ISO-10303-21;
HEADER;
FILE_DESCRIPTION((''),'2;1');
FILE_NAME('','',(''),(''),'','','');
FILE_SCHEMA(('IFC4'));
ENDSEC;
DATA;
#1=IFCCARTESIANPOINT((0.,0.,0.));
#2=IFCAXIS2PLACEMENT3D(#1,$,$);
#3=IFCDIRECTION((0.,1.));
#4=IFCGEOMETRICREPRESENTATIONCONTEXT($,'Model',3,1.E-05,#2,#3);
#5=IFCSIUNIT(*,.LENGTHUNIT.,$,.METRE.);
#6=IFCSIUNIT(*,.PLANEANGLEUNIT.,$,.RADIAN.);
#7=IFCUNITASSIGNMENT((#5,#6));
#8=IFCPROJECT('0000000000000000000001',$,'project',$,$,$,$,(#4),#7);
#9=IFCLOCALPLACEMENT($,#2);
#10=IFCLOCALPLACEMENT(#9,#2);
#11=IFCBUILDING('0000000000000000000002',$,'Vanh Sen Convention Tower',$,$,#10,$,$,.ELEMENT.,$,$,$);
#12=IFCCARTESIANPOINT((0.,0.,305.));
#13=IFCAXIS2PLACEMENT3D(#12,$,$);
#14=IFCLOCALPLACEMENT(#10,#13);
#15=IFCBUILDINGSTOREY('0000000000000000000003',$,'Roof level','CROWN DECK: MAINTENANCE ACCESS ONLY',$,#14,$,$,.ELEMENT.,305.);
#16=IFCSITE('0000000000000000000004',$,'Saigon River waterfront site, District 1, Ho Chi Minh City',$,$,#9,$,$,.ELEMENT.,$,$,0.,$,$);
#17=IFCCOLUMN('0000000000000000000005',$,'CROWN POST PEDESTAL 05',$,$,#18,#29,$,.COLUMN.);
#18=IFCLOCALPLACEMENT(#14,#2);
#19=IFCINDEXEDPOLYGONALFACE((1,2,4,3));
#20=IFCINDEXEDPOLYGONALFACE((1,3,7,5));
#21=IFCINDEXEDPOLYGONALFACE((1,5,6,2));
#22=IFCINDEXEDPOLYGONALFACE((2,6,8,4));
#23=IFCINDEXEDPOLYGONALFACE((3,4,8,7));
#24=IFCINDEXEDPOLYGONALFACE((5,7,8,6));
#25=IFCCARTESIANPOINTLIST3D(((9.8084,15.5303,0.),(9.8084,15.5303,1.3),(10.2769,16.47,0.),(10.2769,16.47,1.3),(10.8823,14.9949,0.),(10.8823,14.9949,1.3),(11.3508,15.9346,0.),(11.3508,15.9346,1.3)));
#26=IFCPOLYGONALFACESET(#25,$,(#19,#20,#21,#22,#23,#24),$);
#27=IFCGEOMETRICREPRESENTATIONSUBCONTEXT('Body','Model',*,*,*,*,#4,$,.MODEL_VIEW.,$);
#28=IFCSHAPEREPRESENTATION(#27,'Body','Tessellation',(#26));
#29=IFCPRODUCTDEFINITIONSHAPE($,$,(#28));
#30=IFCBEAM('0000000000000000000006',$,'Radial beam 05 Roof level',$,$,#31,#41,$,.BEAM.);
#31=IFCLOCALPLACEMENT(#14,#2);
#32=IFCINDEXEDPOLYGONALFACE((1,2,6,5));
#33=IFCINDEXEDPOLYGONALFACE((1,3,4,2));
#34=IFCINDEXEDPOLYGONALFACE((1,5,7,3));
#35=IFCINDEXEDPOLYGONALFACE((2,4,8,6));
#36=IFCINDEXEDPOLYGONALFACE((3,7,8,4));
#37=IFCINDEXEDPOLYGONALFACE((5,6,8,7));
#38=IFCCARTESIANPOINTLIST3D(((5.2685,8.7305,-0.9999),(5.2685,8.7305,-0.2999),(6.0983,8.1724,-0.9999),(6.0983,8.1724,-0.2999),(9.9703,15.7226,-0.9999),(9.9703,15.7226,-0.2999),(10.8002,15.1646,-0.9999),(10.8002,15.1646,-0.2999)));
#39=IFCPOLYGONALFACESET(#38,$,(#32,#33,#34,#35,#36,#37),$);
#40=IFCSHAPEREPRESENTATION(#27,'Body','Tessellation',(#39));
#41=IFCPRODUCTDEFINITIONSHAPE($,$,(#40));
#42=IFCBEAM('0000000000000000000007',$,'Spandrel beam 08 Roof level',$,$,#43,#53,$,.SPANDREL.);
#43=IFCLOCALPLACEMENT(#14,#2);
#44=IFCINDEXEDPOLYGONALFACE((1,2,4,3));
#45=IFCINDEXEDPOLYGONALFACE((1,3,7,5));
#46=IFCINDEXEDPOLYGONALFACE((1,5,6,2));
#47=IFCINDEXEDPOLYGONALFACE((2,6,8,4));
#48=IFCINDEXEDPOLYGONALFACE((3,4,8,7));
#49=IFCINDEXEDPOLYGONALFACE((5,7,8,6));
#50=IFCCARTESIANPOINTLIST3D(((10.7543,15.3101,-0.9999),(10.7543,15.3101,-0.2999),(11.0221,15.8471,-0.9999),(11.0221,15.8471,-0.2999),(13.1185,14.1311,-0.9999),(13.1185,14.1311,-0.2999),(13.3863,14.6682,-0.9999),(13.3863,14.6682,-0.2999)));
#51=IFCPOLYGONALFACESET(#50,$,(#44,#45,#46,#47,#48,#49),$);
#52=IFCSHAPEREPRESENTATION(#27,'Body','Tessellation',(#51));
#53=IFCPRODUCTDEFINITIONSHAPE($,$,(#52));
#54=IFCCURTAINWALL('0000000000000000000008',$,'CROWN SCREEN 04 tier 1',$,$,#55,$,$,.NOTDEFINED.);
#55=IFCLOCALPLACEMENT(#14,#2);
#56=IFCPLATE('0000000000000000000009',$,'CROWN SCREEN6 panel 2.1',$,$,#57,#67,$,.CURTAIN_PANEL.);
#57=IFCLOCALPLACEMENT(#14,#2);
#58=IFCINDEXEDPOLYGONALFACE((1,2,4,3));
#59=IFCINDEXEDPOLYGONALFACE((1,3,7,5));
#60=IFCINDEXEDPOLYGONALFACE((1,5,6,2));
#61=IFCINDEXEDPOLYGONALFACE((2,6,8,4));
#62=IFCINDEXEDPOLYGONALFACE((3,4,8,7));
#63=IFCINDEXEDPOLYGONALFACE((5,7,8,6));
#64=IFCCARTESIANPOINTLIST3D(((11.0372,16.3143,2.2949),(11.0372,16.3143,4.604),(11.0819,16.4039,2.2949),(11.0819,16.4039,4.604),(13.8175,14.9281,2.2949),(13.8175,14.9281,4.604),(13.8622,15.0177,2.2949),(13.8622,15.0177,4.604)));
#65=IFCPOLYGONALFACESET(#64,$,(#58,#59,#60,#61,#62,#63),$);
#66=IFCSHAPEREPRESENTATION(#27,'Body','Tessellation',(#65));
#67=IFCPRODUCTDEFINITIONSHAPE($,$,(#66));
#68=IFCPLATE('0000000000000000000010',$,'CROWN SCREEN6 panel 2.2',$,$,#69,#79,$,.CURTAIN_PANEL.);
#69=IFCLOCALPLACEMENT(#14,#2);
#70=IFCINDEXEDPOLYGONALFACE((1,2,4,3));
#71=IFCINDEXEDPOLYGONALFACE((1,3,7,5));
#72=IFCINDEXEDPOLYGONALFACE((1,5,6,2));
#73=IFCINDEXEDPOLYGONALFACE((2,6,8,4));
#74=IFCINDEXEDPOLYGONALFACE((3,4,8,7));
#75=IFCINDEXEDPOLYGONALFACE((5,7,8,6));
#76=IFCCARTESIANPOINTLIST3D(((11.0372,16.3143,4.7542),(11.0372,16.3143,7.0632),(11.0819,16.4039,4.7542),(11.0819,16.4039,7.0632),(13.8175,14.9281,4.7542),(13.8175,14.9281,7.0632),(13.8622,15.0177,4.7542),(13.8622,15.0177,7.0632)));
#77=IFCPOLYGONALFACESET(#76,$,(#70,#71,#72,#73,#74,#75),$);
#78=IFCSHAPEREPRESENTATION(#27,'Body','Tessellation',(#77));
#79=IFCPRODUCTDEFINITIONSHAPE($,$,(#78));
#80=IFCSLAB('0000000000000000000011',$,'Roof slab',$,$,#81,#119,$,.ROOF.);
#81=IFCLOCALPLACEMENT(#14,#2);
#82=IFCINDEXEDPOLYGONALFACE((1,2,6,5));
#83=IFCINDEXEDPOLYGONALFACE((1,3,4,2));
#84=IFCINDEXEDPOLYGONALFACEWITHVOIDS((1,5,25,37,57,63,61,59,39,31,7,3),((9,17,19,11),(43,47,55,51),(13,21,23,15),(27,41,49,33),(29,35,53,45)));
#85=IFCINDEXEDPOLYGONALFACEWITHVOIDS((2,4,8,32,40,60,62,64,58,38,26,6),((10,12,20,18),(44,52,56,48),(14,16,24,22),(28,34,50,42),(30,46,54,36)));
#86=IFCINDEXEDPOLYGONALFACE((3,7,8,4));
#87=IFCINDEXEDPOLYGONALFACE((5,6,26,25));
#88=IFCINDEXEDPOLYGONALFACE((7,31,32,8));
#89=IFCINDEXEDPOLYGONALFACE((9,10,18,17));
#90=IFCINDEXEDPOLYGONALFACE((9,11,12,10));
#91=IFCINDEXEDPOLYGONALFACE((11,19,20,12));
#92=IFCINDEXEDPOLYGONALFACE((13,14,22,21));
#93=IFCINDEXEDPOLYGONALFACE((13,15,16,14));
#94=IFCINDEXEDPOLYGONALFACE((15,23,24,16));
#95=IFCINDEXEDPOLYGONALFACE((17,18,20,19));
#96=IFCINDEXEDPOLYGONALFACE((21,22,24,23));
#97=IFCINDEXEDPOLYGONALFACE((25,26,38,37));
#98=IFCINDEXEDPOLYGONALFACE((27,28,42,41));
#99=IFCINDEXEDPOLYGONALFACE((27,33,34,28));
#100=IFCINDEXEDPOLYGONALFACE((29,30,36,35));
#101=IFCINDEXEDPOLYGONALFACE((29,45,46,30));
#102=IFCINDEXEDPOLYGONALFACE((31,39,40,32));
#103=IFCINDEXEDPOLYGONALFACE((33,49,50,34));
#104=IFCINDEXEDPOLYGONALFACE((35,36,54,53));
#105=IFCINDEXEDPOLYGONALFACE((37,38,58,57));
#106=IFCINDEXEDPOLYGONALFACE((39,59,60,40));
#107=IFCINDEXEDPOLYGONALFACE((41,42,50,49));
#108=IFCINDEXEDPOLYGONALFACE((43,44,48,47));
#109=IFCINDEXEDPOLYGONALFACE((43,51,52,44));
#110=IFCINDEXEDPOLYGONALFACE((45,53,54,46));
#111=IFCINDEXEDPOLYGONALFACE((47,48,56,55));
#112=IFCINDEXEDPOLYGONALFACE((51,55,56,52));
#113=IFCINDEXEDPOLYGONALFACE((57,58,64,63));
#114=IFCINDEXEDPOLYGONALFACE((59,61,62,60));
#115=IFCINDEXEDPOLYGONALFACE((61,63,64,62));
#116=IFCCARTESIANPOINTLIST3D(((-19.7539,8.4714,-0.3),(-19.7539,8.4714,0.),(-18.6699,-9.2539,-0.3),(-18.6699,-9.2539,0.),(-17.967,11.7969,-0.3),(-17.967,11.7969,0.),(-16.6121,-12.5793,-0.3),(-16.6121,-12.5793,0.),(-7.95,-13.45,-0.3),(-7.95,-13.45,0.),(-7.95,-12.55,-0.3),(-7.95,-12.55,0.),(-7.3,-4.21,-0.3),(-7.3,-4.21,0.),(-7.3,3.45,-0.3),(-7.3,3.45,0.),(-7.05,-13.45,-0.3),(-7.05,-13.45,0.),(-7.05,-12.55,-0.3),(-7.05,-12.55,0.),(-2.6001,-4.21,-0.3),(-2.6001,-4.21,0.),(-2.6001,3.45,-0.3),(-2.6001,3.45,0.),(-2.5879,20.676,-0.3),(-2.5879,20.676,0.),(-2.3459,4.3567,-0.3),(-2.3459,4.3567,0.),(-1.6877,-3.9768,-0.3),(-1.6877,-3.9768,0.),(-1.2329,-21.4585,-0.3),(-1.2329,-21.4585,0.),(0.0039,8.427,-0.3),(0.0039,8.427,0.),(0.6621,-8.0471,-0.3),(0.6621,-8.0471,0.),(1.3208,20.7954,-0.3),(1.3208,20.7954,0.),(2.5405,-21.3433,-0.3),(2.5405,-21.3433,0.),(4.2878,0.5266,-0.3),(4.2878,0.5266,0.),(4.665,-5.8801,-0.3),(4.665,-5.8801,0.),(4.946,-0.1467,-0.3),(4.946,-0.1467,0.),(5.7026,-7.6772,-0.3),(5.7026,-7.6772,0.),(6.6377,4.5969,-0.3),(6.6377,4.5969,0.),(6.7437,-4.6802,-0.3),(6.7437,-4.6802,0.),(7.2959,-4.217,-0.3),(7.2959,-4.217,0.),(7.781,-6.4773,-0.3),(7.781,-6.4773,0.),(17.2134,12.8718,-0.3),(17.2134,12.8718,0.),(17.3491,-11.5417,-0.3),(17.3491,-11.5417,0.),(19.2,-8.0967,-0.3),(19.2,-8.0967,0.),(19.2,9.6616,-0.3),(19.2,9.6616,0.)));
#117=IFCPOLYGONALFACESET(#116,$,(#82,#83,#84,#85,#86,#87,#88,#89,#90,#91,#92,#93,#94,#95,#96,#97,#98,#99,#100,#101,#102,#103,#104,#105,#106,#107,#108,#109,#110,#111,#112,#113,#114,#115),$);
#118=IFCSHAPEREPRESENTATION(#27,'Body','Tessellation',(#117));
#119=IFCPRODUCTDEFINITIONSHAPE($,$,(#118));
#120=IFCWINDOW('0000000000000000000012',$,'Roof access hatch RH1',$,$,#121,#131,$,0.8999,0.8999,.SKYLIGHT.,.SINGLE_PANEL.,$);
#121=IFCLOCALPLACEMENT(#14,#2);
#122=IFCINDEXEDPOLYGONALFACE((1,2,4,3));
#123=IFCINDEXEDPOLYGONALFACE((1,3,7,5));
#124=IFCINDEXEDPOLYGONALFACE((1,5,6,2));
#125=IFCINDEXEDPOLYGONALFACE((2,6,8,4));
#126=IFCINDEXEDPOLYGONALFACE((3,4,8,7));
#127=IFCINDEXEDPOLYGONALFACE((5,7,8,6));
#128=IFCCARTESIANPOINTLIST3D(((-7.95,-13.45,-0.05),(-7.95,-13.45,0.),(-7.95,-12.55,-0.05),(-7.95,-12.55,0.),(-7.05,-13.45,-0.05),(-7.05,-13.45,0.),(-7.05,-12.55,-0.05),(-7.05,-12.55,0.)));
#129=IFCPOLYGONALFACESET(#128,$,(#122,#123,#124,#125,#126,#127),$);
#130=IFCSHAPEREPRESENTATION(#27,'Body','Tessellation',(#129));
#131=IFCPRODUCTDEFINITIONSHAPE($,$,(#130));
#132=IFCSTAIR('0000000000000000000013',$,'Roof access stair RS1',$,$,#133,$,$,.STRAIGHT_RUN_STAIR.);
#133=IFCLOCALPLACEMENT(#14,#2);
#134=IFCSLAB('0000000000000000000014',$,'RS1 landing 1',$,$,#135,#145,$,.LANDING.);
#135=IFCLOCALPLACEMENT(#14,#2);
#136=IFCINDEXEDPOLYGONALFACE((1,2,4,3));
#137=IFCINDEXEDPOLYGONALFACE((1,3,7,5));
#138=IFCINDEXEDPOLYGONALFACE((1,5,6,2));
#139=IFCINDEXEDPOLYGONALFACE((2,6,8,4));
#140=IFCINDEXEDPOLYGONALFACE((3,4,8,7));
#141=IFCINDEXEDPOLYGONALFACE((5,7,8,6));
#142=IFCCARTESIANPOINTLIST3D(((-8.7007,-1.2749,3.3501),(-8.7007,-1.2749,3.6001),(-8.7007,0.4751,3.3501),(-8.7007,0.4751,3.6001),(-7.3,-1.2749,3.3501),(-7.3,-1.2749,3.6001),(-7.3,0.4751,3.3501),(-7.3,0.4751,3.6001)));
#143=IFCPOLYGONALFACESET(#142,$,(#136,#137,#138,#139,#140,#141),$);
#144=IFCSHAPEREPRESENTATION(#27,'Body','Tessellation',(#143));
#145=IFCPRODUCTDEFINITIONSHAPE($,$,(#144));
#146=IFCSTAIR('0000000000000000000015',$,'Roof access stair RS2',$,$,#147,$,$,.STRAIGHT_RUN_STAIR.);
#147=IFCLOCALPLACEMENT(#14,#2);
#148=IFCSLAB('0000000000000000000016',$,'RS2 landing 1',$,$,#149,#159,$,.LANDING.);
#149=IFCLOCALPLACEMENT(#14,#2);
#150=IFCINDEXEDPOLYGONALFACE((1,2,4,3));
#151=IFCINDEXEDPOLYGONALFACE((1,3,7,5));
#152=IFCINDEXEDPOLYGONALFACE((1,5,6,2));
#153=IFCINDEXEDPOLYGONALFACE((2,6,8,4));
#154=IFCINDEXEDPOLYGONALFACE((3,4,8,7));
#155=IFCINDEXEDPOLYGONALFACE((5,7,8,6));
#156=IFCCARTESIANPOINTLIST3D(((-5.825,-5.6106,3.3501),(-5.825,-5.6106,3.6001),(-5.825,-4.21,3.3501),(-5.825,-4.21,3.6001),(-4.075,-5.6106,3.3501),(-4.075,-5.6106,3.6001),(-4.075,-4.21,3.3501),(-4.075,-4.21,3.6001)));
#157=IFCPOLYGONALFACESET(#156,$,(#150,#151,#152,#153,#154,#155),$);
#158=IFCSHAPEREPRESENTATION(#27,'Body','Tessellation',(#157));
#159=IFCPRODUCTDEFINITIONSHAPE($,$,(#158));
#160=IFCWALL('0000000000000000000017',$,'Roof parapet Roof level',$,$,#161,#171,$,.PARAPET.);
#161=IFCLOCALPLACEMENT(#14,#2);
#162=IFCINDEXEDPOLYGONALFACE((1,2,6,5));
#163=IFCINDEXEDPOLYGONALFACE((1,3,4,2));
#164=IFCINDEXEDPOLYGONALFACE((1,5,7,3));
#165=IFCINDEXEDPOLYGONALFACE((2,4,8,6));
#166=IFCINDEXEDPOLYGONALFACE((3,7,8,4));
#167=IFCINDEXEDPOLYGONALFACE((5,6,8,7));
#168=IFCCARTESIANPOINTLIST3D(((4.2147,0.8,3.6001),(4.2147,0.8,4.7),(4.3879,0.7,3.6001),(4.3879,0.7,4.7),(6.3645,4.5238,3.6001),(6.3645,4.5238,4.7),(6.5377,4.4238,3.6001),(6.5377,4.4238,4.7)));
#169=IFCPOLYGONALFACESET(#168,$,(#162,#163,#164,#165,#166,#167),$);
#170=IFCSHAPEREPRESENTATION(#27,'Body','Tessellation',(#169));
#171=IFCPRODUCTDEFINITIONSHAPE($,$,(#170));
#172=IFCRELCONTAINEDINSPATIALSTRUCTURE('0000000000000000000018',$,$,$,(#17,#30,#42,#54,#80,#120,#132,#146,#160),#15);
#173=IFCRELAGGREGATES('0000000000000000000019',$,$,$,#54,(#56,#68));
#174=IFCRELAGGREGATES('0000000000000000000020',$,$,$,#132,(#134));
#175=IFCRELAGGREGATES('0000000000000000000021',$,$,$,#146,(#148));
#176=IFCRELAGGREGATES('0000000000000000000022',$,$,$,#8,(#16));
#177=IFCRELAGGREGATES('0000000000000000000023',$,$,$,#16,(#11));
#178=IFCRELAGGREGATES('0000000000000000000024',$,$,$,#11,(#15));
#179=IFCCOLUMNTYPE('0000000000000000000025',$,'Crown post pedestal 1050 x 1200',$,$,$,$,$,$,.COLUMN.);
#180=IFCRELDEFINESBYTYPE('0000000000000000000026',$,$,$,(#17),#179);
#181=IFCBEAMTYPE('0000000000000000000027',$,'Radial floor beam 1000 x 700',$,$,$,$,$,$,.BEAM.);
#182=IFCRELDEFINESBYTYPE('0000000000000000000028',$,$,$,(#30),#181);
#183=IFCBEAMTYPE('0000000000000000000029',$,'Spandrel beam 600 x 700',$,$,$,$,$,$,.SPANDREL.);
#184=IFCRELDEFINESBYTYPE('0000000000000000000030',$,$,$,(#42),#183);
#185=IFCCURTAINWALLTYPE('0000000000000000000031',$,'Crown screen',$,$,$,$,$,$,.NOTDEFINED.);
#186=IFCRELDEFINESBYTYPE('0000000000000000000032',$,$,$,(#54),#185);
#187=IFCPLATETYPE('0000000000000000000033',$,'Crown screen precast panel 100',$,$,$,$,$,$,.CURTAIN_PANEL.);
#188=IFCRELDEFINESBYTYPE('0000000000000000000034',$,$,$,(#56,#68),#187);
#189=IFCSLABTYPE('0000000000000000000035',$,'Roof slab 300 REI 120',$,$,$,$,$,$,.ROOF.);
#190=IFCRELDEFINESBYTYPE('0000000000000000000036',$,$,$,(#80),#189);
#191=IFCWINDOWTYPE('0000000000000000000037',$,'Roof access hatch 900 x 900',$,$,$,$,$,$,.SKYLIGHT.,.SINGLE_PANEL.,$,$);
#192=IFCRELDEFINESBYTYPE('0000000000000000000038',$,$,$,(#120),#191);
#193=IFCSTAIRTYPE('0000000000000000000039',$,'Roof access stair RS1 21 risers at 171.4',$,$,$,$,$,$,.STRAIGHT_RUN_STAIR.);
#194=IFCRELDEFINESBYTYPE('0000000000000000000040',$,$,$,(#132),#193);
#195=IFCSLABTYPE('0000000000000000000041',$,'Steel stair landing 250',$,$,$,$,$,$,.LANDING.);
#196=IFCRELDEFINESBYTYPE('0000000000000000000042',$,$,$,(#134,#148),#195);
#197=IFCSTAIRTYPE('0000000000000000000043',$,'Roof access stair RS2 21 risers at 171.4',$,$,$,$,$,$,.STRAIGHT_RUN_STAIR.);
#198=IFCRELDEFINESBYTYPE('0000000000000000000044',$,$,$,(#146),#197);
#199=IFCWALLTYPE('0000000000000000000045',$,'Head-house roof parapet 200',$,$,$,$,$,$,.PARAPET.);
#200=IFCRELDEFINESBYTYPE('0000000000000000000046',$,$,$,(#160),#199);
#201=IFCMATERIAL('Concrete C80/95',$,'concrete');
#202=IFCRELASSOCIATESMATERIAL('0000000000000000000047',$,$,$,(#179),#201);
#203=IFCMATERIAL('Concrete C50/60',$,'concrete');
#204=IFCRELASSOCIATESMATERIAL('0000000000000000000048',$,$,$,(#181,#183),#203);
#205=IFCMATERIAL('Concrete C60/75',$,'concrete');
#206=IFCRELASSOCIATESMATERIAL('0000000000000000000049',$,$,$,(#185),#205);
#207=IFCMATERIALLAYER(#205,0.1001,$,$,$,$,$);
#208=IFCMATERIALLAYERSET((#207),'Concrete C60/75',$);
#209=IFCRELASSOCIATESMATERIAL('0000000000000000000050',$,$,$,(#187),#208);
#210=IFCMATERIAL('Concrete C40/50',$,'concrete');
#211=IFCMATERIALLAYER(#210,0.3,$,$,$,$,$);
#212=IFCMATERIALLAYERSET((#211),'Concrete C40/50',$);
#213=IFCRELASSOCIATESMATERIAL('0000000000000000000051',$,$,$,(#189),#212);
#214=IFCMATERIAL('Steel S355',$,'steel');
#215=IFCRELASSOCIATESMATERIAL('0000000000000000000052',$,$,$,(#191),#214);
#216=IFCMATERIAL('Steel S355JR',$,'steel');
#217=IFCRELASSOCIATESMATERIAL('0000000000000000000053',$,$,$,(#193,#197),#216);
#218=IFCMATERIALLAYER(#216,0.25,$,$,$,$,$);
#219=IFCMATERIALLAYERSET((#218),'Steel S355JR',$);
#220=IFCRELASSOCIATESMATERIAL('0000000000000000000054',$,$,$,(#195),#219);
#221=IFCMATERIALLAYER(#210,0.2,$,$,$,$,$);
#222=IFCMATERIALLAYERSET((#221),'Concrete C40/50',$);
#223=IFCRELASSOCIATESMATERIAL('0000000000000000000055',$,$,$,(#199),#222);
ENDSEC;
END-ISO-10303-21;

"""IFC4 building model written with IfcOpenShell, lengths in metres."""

from ifc_helpers import new_model, si_unit, direction, frame, frame_2d, origin, origin_2d, place, context, subcontext, project, spatial, polyline, rectangle, outline, extrude, material, layer, layer_set, material_profile, profile_set, type_object, element, fill, aggregate, save


model = new_model("IFC4")

# Units and contexts
model_context = context("Model", 3, precision=1e-05, world=origin(), true_north=direction((0.0, 1.0)))
body_context = subcontext(model_context, "Body", "Model", "MODEL_VIEW")
ifc_project = project(units=[si_unit("LENGTHUNIT", "METRE"), si_unit("PLANEANGLEUNIT", "RADIAN")], contexts=[model_context])

# Site, building, storey
site_placement = place(None, origin())
site = spatial("IfcSite", under=ifc_project, at=site_placement, Name="Saigon River waterfront site, District 1, Ho Chi Minh City", CompositionType="ELEMENT", RefElevation=0.0)
building_placement = place(site_placement, origin())
building = spatial("IfcBuilding", under=site, at=building_placement, Name="Vanh Sen Convention Tower", CompositionType="ELEMENT")
storey_placement = place(building_placement, frame((0.0, 0.0, 305.0)))
storey = spatial("IfcBuildingStorey", under=building, at=storey_placement, Name="Roof level", Description="CROWN DECK: MAINTENANCE ACCESS ONLY", CompositionType="ELEMENT", Elevation=305.0)

# Column
ifc_material_1 = material(Name="Concrete C80/95", Category="concrete")
ifc_material_profile_1 = material_profile(ifc_material_1, rectangle(XDim=1.05, YDim=1.2, at=origin_2d()), Name="RC 1050X1200")
ifc_profile_set_1 = profile_set([ifc_material_profile_1], Name="Concrete C80/95")
column_type = type_object("IfcColumnType", Name="Crown post pedestal 1050 x 1200", PredefinedType="COLUMN", material=ifc_profile_set_1)
column_placement = place(storey_placement, frame((10.5796, 15.7324, 0.0), z_axis=(0.0, 0.0, 1.0), x_axis=(-0.446198, -0.894934, 0.0)))
element("IfcColumn", 1, at=column_placement, inside=storey, type_object=column_type, Name="CROWN POST PEDESTAL 05", PredefinedType="COLUMN", context=body_context, shape_type="SweptSolid", body=[
    extrude(rectangle(XDim=1.05, YDim=1.2, at=origin_2d()), origin(), (0.0, 0.0, 1.0), 1.3),
])

# Beams
ifc_material_2 = material(Name="Concrete C50/60", Category="concrete")
ifc_material_profile_2 = material_profile(ifc_material_2, rectangle(XDim=1.0, YDim=0.7, at=origin_2d()), Name="RC 1000X700")
ifc_profile_set_2 = profile_set([ifc_material_profile_2], Name="Concrete C50/60")
beam_type_1 = type_object("IfcBeamType", Name="Radial floor beam 1000 x 700", PredefinedType="BEAM", material=ifc_profile_set_2)
beam_1_placement = place(storey_placement, frame((10.3853, 15.4436, -0.6499), z_axis=(-0.558019, -0.829828, 0.0), x_axis=(0.829828, -0.558019, 0.0)))
element("IfcBeam", 2, at=beam_1_placement, inside=storey, type_object=beam_type_1, Name="Radial beam 05 Roof level", PredefinedType="BEAM", context=body_context, shape_type="SweptSolid", body=[
    extrude(rectangle(XDim=1.0, YDim=0.7, at=origin_2d()), origin(), (0.0, 0.0, 1.0), 8.426),
])
ifc_material_profile_3 = material_profile(ifc_material_2, rectangle(XDim=0.6001, YDim=0.7, at=origin_2d()), Name="RC 600X700")
ifc_profile_set_3 = profile_set([ifc_material_profile_3], Name="Concrete C50/60")
beam_type_2 = type_object("IfcBeamType", Name="Spandrel beam 600 x 700", PredefinedType="SPANDREL", material=ifc_profile_set_3)
beam_2_placement = place(storey_placement, frame((13.2524, 14.3997, -0.6499), z_axis=(-0.894907, 0.446252, 0.0), x_axis=(-0.446252, -0.894907, 0.0)))
element("IfcBeam", 3, at=beam_2_placement, inside=storey, type_object=beam_type_2, Name="Spandrel beam 08 Roof level", PredefinedType="SPANDREL", context=body_context, shape_type="SweptSolid", body=[
    extrude(rectangle(XDim=0.6001, YDim=0.7, at=origin_2d()), origin(), (0.0, 0.0, 1.0), 2.6418),
])

# Curtain wall, plates
ifc_material_3 = material(Name="Concrete C60/75", Category="concrete")
curtain_wall_type = type_object("IfcCurtainWallType", Name="Crown screen", PredefinedType="NOTDEFINED", material=ifc_material_3)
curtain_wall_placement = place(storey_placement, origin())
curtain_wall = element("IfcCurtainWall", 4, at=curtain_wall_placement, inside=storey, type_object=curtain_wall_type, Name="CROWN SCREEN 04 tier 1", PredefinedType="NOTDEFINED")
ifc_layer_1 = layer(ifc_material_3, 0.1001)
ifc_layer_set_1 = layer_set([ifc_layer_1], Name="Concrete C60/75")
plate_type = type_object("IfcPlateType", Name="Crown screen precast panel 100", PredefinedType="CURTAIN_PANEL", material=ifc_layer_set_1)
plate_1_placement = place(storey_placement, frame((12.4497, 15.666, 2.2949), z_axis=(0.0, 0.0, 1.0), x_axis=(-0.894931, 0.446205, 0.0)))
plate_1 = element("IfcPlate", 5, at=plate_1_placement, type_object=plate_type, Name="CROWN SCREEN6 panel 2.1", PredefinedType="CURTAIN_PANEL", context=body_context, shape_type="SweptSolid", body=[
    extrude(rectangle(XDim=3.1067, YDim=0.1001, at=origin_2d()), origin(), (0.0, 0.0, 1.0), 2.3091),
])
plate_2_placement = place(storey_placement, frame((12.4497, 15.666, 4.7542), z_axis=(0.0, 0.0, 1.0), x_axis=(-0.894931, 0.446205, 0.0)))
plate_2 = element("IfcPlate", 6, at=plate_2_placement, type_object=plate_type, Name="CROWN SCREEN6 panel 2.2", PredefinedType="CURTAIN_PANEL", context=body_context, shape_type="SweptSolid", body=[
    extrude(rectangle(XDim=3.1067, YDim=0.1001, at=origin_2d()), origin(), (0.0, 0.0, 1.0), 2.3091),
])
aggregate(curtain_wall, [plate_1, plate_2])

# Slab, opening, window
ifc_material_4 = material(Name="Concrete C40/50", Category="concrete")
ifc_layer_2 = layer(ifc_material_4, 0.3)
ifc_layer_set_2 = layer_set([ifc_layer_2], Name="Concrete C40/50")
slab_type_1 = type_object("IfcSlabType", Name="Roof slab 300 REI 120", PredefinedType="ROOF", material=ifc_layer_set_2)
slab_1_placement = place(storey_placement, frame((0.0, 0.0, -0.3)))
slab_1 = element("IfcSlab", 7, at=slab_1_placement, inside=storey, type_object=slab_type_1, Name="Roof slab", PredefinedType="ROOF", context=body_context, shape_type="SweptSolid", body=[
    extrude(outline(polyline([(-1.2329, -21.4585), (2.5405, -21.3433), (17.3491, -11.5417), (19.2, -8.0967), (19.2, 9.6616), (17.2134, 12.8718), (1.3208, 20.7954), (-2.5879, 20.676), (-17.967, 11.7969), (-19.7539, 8.4714), (-18.6699, -9.2539), (-16.6121, -12.5793), (-1.2329, -21.4585)]), holes=[polyline([(4.2878, 0.5266), (6.6377, 4.5969), (0.0039, 8.427), (-2.3459, 4.3567), (4.2878, 0.5266)]), polyline([(-2.6001, -4.21), (-2.6001, 3.45), (-7.3, 3.45), (-7.3, -4.21), (-2.6001, -4.21)]), polyline([(7.2959, -4.217), (4.946, -0.1467), (-1.6877, -3.9768), (0.6621, -8.0471), (7.2959, -4.217)]), polyline([(5.7026, -7.6772), (7.781, -6.4773), (6.7437, -4.6802), (4.665, -5.8801), (5.7026, -7.6772)])]), origin(), (0.0, 0.0, 1.0), 0.3),
])
opening_1_placement = place(slab_1_placement, frame((-7.5, -13.0, -0.01)))
opening_1 = element("IfcOpeningElement", 8, at=opening_1_placement, cuts=slab_1, PredefinedType="OPENING", context=body_context, shape_type="SweptSolid", body=[
    extrude(rectangle(XDim=0.8999, YDim=0.8999, at=origin_2d()), origin(), (0.0, 0.0, 1.0), 0.3201),
])
ifc_material_5 = material(Name="Steel S355", Category="steel")
window_type = type_object("IfcWindowType", Name="Roof access hatch 900 x 900", PartitioningType="SINGLE_PANEL", PredefinedType="SKYLIGHT", material=ifc_material_5)
window_placement = place(opening_1_placement, frame((0.0, 0.0, 0.26)))
window = element("IfcWindow", 9, at=window_placement, inside=storey, type_object=window_type, Name="Roof access hatch RH1", OverallHeight=0.8999, OverallWidth=0.8999, PartitioningType="SINGLE_PANEL", PredefinedType="SKYLIGHT", context=body_context, shape_type="SweptSolid", body=[
    extrude(rectangle(XDim=0.8999, YDim=0.8999, at=origin_2d()), origin(), (0.0, 0.0, 1.0), 0.05),
])
fill(opening_1, window)

# Stairs, slabs
ifc_material_6 = material(Name="Steel S355JR", Category="steel")
stair_type_1 = type_object("IfcStairType", Name="Roof access stair RS1 21 risers at 171.4", PredefinedType="STRAIGHT_RUN_STAIR", material=ifc_material_6)
stair_1_placement = place(storey_placement, origin())
stair_1 = element("IfcStair", 10, at=stair_1_placement, inside=storey, type_object=stair_type_1, Name="Roof access stair RS1", PredefinedType="STRAIGHT_RUN_STAIR")
ifc_layer_3 = layer(ifc_material_6, 0.25)
ifc_layer_set_3 = layer_set([ifc_layer_3], Name="Steel S355JR")
slab_type_2 = type_object("IfcSlabType", Name="Steel stair landing 250", PredefinedType="LANDING", material=ifc_layer_set_3)
slab_2_placement = place(storey_placement, frame((0.0, 0.0, 3.3501)))
slab_2 = element("IfcSlab", 11, at=slab_2_placement, type_object=slab_type_2, Name="RS1 landing 1", PredefinedType="LANDING", context=body_context, shape_type="SweptSolid", body=[
    extrude(outline(polyline([(-8.7007, -1.2749), (-7.3, -1.2749), (-7.3, 0.4751), (-8.7007, 0.4751), (-8.7007, -1.2749)])), origin(), (0.0, 0.0, 1.0), 0.25),
])
aggregate(stair_1, [slab_2])
stair_type_2 = type_object("IfcStairType", Name="Roof access stair RS2 21 risers at 171.4", PredefinedType="STRAIGHT_RUN_STAIR", material=ifc_material_6)
stair_2_placement = place(storey_placement, origin())
stair_2 = element("IfcStair", 12, at=stair_2_placement, inside=storey, type_object=stair_type_2, Name="Roof access stair RS2", PredefinedType="STRAIGHT_RUN_STAIR")
slab_3_placement = place(storey_placement, frame((0.0, 0.0, 3.3501)))
slab_3 = element("IfcSlab", 13, at=slab_3_placement, type_object=slab_type_2, Name="RS2 landing 1", PredefinedType="LANDING", context=body_context, shape_type="SweptSolid", body=[
    extrude(outline(polyline([(-4.075, -5.6106), (-4.075, -4.21), (-5.825, -4.21), (-5.825, -5.6106), (-4.075, -5.6106)])), origin(), (0.0, 0.0, 1.0), 0.25),
])
aggregate(stair_2, [slab_3])

# Wall
ifc_layer_4 = layer(ifc_material_4, 0.2)
ifc_layer_set_4 = layer_set([ifc_layer_4], Name="Concrete C40/50")
wall_type_1 = type_object("IfcWallType", Name="Head-house roof parapet 200", PredefinedType="PARAPET", material=ifc_layer_set_4)
wall_1_placement = place(storey_placement, frame((4.3013, 0.75, 3.6001), z_axis=(0.0, 0.0, 1.0), x_axis=(0.499986, 0.866033, 0.0)))
element("IfcWall", 14, at=wall_1_placement, inside=storey, type_object=wall_type_1, Name="Roof parapet Roof level", PredefinedType="PARAPET", context=body_context, shape_type="SweptSolid", body=[
    extrude(rectangle(XDim=4.2998, YDim=0.2, at=frame_2d((2.1499, 0.0))), origin(), (0.0, 0.0, 1.0), 1.0999),
])

save(model, "model.ifc")
